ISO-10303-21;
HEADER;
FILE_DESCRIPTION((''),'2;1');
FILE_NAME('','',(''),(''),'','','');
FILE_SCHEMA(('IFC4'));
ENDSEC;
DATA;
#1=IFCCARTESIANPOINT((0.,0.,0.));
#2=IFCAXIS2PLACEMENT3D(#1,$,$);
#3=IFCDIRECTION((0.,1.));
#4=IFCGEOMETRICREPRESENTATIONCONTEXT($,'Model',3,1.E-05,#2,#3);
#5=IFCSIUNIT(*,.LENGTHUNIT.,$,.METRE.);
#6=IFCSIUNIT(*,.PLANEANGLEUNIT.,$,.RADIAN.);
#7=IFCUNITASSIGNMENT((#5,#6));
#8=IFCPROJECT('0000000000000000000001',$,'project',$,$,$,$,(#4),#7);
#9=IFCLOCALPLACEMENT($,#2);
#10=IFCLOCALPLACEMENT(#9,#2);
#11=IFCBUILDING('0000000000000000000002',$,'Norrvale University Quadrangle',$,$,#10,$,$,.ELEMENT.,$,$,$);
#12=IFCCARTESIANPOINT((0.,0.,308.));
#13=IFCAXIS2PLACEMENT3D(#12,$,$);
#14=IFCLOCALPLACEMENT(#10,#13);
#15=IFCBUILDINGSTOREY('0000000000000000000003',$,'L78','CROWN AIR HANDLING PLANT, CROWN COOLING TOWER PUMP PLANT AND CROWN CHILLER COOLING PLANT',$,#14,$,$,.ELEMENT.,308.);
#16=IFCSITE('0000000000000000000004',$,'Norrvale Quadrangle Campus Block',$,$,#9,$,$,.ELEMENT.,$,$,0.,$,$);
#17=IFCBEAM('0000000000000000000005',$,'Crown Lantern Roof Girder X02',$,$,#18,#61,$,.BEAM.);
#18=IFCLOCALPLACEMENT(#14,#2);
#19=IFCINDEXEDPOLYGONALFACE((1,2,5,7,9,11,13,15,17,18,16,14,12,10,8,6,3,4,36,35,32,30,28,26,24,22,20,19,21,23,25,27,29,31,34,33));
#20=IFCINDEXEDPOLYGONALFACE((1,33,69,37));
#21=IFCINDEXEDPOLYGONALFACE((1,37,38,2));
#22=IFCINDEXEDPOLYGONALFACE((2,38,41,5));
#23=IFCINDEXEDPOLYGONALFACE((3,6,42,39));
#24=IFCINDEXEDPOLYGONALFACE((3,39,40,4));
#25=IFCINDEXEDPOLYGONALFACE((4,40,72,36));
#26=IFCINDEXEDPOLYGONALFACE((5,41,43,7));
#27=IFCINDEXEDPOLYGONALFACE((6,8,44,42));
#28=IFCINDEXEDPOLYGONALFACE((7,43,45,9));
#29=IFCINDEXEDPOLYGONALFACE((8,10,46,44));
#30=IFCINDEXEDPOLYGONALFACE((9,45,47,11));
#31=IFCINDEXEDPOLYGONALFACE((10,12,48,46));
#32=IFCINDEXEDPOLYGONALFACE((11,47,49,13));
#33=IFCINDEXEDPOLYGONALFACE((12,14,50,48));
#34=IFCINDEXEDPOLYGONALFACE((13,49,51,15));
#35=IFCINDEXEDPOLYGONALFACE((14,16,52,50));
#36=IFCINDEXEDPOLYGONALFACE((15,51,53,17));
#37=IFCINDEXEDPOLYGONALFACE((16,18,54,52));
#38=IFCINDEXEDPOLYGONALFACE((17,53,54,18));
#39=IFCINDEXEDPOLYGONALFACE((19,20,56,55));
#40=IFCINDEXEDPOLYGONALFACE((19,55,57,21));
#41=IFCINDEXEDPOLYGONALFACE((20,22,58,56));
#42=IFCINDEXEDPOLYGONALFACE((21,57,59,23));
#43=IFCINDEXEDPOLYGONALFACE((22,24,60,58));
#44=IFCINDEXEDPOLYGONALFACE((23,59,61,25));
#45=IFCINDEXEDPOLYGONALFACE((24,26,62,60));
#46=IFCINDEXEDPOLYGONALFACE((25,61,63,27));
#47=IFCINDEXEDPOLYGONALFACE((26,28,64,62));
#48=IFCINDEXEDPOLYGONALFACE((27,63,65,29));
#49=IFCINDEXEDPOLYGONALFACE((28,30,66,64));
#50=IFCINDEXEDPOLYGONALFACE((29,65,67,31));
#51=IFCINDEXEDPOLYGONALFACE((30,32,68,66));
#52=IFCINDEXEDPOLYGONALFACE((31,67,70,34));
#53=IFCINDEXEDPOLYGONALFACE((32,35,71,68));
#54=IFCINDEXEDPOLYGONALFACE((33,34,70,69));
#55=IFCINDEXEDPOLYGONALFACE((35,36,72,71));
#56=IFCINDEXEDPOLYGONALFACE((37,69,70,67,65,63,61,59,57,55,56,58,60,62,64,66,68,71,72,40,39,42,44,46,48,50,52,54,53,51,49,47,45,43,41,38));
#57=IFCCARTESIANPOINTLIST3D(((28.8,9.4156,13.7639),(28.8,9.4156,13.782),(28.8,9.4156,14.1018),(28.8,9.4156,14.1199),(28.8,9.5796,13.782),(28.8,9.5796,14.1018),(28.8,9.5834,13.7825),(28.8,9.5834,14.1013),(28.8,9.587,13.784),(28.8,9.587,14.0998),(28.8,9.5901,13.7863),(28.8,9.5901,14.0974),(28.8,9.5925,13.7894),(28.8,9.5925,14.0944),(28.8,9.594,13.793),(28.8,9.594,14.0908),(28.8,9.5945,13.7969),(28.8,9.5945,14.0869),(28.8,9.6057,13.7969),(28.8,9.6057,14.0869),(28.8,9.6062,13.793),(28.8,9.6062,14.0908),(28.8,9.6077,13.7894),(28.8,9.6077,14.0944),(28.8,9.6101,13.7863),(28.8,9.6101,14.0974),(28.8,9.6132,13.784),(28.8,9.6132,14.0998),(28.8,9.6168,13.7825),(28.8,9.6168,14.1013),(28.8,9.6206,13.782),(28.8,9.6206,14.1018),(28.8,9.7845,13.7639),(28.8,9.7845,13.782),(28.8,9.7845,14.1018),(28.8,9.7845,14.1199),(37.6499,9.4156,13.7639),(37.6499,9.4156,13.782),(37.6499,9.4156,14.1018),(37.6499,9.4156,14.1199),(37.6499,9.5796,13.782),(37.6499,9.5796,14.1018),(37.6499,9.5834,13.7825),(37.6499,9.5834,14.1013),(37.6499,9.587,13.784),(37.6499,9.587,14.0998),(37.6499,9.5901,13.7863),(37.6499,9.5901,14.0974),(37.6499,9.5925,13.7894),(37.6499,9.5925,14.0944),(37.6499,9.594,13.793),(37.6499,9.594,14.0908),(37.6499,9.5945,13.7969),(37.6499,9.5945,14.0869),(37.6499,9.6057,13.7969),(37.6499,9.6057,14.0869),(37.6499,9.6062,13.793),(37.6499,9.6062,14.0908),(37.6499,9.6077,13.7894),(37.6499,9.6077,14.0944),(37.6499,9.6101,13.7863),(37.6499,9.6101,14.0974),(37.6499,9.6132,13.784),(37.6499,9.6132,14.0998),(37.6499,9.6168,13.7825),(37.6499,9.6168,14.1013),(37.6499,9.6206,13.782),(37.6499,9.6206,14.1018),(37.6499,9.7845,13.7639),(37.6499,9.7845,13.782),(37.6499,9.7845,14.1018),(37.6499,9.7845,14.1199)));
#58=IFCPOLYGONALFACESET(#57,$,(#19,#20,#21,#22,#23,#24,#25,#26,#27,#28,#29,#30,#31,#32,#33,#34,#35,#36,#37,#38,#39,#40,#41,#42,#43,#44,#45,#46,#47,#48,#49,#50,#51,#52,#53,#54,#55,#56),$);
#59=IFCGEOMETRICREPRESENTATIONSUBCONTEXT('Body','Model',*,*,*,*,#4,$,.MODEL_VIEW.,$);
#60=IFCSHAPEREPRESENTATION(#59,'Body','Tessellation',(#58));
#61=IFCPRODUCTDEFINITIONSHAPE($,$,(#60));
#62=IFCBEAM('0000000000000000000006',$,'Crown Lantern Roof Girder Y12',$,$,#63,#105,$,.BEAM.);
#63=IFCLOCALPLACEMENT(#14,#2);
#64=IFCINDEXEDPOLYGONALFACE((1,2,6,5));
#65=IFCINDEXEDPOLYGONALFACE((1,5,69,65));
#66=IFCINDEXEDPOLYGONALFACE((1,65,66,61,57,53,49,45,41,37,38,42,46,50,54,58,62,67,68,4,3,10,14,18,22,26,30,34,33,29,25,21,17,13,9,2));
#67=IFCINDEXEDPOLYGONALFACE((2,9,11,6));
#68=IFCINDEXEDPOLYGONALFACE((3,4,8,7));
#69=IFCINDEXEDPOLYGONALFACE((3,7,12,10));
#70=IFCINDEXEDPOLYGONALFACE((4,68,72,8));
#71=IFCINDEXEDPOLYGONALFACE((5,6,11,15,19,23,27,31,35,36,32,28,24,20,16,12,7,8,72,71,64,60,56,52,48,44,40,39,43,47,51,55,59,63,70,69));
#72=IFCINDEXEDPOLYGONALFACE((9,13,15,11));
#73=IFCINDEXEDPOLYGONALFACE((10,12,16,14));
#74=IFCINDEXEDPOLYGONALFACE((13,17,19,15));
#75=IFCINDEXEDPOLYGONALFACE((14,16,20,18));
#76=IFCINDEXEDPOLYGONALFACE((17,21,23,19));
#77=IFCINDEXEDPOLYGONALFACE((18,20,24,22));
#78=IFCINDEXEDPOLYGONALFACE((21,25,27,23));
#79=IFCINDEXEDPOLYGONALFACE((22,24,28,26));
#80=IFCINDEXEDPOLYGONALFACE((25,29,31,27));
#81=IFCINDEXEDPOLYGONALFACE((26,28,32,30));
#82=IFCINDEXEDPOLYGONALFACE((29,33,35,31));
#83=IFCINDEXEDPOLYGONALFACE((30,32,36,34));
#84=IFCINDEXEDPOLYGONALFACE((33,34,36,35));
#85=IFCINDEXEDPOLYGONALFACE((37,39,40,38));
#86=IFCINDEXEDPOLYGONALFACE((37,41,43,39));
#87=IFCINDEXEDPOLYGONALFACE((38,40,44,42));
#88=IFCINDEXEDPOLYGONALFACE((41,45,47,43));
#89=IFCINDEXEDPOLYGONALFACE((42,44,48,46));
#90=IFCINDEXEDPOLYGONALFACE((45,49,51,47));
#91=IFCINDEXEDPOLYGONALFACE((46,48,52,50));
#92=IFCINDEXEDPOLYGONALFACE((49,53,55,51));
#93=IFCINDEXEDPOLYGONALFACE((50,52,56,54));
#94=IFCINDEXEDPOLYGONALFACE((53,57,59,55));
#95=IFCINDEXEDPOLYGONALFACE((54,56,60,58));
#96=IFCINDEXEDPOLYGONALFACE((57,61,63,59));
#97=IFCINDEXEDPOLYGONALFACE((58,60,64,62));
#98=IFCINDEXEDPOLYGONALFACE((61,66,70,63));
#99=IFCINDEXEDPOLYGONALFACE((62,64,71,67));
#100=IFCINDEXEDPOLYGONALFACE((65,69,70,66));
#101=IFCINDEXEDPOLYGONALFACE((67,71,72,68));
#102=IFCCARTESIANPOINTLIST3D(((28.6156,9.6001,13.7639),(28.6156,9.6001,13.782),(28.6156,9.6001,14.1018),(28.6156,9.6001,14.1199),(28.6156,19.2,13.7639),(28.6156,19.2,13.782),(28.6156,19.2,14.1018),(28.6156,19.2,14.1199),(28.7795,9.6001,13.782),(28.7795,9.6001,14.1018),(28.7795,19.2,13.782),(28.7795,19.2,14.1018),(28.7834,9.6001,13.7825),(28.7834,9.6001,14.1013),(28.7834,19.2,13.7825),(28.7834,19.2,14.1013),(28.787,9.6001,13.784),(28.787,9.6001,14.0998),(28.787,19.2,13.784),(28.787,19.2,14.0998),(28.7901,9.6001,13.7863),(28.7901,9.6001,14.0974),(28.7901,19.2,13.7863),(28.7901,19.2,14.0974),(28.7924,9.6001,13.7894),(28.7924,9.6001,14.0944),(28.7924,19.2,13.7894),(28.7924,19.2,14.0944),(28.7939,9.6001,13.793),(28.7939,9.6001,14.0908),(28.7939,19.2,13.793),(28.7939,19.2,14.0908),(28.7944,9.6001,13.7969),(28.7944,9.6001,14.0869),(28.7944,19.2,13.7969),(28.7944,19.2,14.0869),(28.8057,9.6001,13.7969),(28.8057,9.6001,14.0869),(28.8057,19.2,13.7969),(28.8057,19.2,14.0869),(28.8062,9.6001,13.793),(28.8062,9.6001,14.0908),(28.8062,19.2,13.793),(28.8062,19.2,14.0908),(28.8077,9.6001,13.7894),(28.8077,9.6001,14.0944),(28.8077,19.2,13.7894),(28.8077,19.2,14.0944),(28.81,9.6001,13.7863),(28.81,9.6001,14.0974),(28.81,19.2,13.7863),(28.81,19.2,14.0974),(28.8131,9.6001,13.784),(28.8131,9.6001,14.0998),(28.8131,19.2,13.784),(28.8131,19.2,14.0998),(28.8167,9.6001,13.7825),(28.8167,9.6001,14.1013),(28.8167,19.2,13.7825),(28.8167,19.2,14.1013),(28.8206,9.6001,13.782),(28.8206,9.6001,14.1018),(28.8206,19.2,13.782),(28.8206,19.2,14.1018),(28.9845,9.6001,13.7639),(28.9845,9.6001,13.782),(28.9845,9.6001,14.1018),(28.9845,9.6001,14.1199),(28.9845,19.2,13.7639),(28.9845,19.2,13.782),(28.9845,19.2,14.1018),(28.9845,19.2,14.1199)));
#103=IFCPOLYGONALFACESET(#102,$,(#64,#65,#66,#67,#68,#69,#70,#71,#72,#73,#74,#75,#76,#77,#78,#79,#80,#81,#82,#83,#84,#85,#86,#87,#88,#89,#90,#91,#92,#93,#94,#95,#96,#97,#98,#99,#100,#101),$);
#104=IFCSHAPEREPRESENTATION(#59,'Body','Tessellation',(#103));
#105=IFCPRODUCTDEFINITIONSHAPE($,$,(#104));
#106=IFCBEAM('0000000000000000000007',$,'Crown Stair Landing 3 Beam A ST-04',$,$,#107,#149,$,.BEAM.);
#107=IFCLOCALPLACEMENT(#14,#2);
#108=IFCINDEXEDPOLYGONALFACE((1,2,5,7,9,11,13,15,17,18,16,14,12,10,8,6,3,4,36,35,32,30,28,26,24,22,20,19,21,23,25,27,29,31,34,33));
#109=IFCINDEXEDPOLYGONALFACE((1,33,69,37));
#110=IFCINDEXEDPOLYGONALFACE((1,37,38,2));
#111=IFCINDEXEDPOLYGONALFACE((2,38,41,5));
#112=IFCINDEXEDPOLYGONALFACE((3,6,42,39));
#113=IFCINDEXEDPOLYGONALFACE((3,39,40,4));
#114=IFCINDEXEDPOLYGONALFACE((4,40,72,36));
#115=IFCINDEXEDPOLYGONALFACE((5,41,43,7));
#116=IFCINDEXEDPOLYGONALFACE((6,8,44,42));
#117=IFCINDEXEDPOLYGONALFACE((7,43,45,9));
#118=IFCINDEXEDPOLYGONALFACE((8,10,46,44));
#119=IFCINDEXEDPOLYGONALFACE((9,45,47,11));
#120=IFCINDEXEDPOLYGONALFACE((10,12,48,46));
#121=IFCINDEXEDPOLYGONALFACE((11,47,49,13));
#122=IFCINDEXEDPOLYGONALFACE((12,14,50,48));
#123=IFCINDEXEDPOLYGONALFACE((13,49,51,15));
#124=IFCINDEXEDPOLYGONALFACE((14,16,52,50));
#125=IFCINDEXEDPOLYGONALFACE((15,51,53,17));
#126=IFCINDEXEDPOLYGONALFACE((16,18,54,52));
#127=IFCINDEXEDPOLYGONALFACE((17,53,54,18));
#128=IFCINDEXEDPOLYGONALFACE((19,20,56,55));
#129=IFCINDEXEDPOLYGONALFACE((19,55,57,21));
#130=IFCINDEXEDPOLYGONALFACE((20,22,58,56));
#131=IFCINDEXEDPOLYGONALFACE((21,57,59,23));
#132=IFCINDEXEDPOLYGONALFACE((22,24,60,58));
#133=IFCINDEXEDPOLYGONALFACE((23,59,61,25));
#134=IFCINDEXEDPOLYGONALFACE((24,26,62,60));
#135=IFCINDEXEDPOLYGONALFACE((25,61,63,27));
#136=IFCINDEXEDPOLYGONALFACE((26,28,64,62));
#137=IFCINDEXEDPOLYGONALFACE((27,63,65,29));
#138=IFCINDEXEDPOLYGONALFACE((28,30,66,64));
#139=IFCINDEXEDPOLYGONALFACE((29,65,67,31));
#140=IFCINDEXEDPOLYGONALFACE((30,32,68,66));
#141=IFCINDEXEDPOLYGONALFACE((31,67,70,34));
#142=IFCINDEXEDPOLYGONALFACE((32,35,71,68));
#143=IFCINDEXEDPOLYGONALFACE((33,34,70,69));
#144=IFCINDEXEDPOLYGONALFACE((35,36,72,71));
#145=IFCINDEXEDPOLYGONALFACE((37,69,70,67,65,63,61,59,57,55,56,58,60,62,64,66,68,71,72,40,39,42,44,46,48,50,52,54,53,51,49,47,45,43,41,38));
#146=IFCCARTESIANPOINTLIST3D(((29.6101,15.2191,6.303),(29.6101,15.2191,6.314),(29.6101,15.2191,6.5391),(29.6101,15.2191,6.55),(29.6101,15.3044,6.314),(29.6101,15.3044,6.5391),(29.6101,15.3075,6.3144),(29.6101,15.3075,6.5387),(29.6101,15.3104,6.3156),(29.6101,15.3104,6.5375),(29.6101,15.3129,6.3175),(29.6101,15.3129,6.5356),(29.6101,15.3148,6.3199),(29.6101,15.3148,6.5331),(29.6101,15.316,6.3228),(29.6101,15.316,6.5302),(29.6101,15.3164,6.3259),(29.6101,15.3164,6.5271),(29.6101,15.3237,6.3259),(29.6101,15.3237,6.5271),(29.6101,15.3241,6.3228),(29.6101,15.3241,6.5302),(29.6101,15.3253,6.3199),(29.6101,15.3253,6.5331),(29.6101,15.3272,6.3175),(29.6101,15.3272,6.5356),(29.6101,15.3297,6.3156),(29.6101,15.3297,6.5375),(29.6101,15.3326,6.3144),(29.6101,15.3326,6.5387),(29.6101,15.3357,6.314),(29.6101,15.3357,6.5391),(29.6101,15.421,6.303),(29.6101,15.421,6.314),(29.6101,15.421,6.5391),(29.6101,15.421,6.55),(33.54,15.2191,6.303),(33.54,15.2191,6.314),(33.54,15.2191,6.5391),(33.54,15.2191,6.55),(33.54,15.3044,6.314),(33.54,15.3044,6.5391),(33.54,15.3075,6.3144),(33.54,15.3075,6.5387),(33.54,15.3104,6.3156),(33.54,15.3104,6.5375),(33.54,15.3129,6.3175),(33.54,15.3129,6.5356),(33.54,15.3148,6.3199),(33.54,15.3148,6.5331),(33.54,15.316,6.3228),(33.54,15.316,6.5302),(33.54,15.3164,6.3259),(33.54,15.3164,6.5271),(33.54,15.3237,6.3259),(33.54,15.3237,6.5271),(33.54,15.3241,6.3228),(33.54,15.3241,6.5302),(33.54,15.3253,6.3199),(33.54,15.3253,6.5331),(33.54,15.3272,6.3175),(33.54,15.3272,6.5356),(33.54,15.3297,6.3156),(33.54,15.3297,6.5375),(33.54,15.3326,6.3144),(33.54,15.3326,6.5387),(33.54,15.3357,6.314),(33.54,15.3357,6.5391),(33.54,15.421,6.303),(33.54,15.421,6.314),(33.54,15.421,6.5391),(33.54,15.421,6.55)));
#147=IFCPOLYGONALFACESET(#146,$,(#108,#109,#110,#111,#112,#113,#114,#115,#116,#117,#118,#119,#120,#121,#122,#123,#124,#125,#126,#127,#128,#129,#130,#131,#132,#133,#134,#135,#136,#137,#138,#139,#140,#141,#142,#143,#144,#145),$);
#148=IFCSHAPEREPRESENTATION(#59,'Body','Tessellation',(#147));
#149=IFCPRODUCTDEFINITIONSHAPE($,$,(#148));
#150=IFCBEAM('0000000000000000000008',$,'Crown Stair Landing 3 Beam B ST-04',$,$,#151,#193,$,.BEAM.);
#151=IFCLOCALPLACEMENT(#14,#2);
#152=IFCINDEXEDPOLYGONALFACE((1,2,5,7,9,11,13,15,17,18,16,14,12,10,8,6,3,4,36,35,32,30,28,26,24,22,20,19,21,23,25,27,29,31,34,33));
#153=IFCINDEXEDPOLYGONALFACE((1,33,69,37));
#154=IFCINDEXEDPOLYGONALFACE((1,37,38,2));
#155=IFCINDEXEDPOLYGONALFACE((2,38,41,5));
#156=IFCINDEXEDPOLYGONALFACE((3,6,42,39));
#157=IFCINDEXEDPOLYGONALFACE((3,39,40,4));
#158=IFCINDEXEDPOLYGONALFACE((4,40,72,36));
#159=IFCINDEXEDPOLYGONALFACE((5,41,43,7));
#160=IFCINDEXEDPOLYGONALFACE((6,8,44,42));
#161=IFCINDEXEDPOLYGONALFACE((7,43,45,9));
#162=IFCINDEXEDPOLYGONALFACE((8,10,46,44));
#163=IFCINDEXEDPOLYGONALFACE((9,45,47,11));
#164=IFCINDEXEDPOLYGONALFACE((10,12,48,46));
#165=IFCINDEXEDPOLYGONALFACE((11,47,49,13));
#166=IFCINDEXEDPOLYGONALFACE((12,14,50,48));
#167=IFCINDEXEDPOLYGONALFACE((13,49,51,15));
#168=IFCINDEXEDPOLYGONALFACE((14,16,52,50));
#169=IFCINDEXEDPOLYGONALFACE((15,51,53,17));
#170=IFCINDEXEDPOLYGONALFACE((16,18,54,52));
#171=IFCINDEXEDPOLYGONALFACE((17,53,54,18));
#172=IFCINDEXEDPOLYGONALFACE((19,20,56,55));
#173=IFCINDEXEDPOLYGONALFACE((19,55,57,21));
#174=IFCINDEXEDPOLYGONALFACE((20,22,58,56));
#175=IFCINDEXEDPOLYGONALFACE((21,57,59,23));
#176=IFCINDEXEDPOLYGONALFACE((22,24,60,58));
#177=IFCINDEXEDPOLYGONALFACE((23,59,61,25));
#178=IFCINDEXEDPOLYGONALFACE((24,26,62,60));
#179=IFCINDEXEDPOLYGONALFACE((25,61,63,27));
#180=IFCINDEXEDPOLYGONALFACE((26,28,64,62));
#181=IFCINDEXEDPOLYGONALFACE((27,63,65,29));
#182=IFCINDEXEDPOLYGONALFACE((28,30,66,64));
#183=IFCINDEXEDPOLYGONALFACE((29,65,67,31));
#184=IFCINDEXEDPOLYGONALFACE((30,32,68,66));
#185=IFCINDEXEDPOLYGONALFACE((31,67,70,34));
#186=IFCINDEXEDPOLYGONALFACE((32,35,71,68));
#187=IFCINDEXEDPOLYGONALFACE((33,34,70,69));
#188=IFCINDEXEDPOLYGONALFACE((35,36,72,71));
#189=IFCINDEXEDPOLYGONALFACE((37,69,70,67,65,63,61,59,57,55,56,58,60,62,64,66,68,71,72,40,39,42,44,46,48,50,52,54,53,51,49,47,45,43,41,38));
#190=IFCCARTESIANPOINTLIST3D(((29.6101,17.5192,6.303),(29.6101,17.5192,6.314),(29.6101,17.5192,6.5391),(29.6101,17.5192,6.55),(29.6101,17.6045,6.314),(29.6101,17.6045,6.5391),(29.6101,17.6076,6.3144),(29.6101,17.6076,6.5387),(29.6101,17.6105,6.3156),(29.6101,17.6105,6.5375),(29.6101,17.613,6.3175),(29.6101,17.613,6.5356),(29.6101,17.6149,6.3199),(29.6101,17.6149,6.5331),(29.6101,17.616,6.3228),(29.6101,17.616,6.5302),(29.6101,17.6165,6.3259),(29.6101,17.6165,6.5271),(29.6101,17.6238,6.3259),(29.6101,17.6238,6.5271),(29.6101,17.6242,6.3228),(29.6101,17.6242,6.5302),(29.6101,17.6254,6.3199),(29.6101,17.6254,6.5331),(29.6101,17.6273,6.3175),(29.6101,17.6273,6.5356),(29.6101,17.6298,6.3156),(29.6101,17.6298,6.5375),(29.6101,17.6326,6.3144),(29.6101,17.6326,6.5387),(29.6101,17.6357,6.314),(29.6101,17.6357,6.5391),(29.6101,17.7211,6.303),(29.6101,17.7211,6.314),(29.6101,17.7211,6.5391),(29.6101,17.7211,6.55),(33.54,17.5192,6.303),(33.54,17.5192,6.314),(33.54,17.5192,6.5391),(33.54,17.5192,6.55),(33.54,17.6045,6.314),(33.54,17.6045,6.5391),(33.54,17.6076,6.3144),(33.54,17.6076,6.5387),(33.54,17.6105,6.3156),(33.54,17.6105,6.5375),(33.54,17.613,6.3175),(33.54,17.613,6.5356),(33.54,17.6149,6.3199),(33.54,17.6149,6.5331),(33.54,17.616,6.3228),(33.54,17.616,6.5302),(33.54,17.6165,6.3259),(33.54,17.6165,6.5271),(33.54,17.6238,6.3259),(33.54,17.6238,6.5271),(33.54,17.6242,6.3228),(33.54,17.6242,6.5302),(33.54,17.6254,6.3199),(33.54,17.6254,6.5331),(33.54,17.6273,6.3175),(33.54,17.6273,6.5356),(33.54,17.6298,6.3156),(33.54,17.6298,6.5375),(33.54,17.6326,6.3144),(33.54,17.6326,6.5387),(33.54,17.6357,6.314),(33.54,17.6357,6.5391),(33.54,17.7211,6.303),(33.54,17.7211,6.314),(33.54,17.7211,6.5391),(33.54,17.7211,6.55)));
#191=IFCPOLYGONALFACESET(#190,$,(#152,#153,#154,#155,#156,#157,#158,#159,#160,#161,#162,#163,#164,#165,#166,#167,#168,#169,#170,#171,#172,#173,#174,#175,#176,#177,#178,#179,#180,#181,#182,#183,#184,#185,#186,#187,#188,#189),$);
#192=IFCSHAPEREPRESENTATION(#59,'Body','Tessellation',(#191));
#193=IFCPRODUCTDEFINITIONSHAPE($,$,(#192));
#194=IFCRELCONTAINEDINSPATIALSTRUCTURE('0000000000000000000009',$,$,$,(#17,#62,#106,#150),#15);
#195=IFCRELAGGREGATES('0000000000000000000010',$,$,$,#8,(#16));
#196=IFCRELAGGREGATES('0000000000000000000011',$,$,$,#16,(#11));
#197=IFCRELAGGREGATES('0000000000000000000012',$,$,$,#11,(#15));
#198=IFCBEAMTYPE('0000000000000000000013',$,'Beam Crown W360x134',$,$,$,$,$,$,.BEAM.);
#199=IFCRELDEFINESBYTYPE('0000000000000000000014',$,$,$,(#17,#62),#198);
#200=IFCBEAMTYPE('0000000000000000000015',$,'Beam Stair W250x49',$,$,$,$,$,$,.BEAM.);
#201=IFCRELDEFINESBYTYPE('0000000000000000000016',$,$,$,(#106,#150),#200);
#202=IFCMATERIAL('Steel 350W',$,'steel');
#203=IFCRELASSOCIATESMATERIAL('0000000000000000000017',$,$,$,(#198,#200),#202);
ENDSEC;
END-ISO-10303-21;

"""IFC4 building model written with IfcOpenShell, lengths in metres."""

from ifc_helpers import new_model, si_unit, direction, frame, origin, origin_2d, place, context, subcontext, project, spatial, i_section, extrude, material, material_profile, profile_set, type_object, element, save


model = new_model("IFC4")

# Units and contexts
model_context = context("Model", 3, precision=1e-05, world=origin(), true_north=direction((0.0, 1.0)))
body_context = subcontext(model_context, "Body", "Model", "MODEL_VIEW")
ifc_project = project(units=[si_unit("LENGTHUNIT", "METRE"), si_unit("PLANEANGLEUNIT", "RADIAN")], contexts=[model_context])

# Site, building, storey
site_placement = place(None, origin())
site = spatial("IfcSite", under=ifc_project, at=site_placement, Name="Norrvale Quadrangle Campus Block", CompositionType="ELEMENT", RefElevation=0.0)
building_placement = place(site_placement, origin())
building = spatial("IfcBuilding", under=site, at=building_placement, Name="Norrvale University Quadrangle", CompositionType="ELEMENT")
storey_placement = place(building_placement, frame((0.0, 0.0, 308.0)))
storey = spatial("IfcBuildingStorey", under=building, at=storey_placement, Name="L78", Description="CROWN AIR HANDLING PLANT, CROWN COOLING TOWER PUMP PLANT AND CROWN CHILLER COOLING PLANT", CompositionType="ELEMENT", Elevation=308.0)

# Beams
ifc_material_1 = material(Name="Steel 350W", Category="steel")
ifc_material_profile_1 = material_profile(ifc_material_1, i_section(OverallWidth=0.3689, OverallDepth=0.356, WebThickness=0.0112, FlangeThickness=0.0181, FilletRadius=0.0149, at=origin_2d()), Name="Steel 350W")
ifc_profile_set_1 = profile_set([ifc_material_profile_1], Name="Steel 350W")
beam_type_1 = type_object("IfcBeamType", Name="Beam Crown W360x134", PredefinedType="BEAM", material=ifc_profile_set_1)
beam_1_placement = place(storey_placement, frame((28.8, 9.6001, 13.9419), z_axis=(1.0, 0.0, 0.0), x_axis=(0.0, 1.0, 0.0)))
element("IfcBeam", 1, at=beam_1_placement, inside=storey, type_object=beam_type_1, Name="Crown Lantern Roof Girder X02", PredefinedType="BEAM", context=body_context, shape_type="SweptSolid", body=[
    extrude(i_section(OverallWidth=0.3689, OverallDepth=0.356, WebThickness=0.0112, FlangeThickness=0.0181, FilletRadius=0.0149, at=origin_2d()), origin(), (0.0, 0.0, 1.0), 8.8499),
])
beam_2_placement = place(storey_placement, frame((28.8, 9.6001, 13.9419), z_axis=(0.0, 1.0, 0.0), x_axis=(-1.0, 0.0, 0.0)))
element("IfcBeam", 2, at=beam_2_placement, inside=storey, type_object=beam_type_1, Name="Crown Lantern Roof Girder Y12", PredefinedType="BEAM", context=body_context, shape_type="SweptSolid", body=[
    extrude(i_section(OverallWidth=0.3689, OverallDepth=0.356, WebThickness=0.0112, FlangeThickness=0.0181, FilletRadius=0.0149, at=origin_2d()), origin(), (0.0, 0.0, 1.0), 9.5999),
])
ifc_material_profile_2 = material_profile(ifc_material_1, i_section(OverallWidth=0.2019, OverallDepth=0.2471, WebThickness=0.0073, FlangeThickness=0.011, FilletRadius=0.012, at=origin_2d()), Name="Steel 350W")
ifc_profile_set_2 = profile_set([ifc_material_profile_2], Name="Steel 350W")
beam_type_2 = type_object("IfcBeamType", Name="Beam Stair W250x49", PredefinedType="BEAM", material=ifc_profile_set_2)
for number, where, z_axis, x_axis, name in (
    (3, (29.6101, 15.3201, 6.4265), (1.0, 0.0, 0.0), (0.0, 1.0, 0.0), "Crown Stair Landing 3 Beam A ST-04"),
    (4, (29.6101, 17.6201, 6.4265), (1.0, 0.0, 0.0), (0.0, 1.0, 0.0), "Crown Stair Landing 3 Beam B ST-04"),
):
    element("IfcBeam", number, at=place(storey_placement, frame(where, z_axis=z_axis, x_axis=x_axis)), inside=storey, type_object=beam_type_2, Name=name, PredefinedType="BEAM", context=body_context, shape_type="SweptSolid", body=[
        extrude(i_section(OverallWidth=0.2019, OverallDepth=0.2471, WebThickness=0.0073, FlangeThickness=0.011, FilletRadius=0.012, at=origin_2d()), origin(), (0.0, 0.0, 1.0), 3.9299),
    ])

save(model, "model.ifc")
